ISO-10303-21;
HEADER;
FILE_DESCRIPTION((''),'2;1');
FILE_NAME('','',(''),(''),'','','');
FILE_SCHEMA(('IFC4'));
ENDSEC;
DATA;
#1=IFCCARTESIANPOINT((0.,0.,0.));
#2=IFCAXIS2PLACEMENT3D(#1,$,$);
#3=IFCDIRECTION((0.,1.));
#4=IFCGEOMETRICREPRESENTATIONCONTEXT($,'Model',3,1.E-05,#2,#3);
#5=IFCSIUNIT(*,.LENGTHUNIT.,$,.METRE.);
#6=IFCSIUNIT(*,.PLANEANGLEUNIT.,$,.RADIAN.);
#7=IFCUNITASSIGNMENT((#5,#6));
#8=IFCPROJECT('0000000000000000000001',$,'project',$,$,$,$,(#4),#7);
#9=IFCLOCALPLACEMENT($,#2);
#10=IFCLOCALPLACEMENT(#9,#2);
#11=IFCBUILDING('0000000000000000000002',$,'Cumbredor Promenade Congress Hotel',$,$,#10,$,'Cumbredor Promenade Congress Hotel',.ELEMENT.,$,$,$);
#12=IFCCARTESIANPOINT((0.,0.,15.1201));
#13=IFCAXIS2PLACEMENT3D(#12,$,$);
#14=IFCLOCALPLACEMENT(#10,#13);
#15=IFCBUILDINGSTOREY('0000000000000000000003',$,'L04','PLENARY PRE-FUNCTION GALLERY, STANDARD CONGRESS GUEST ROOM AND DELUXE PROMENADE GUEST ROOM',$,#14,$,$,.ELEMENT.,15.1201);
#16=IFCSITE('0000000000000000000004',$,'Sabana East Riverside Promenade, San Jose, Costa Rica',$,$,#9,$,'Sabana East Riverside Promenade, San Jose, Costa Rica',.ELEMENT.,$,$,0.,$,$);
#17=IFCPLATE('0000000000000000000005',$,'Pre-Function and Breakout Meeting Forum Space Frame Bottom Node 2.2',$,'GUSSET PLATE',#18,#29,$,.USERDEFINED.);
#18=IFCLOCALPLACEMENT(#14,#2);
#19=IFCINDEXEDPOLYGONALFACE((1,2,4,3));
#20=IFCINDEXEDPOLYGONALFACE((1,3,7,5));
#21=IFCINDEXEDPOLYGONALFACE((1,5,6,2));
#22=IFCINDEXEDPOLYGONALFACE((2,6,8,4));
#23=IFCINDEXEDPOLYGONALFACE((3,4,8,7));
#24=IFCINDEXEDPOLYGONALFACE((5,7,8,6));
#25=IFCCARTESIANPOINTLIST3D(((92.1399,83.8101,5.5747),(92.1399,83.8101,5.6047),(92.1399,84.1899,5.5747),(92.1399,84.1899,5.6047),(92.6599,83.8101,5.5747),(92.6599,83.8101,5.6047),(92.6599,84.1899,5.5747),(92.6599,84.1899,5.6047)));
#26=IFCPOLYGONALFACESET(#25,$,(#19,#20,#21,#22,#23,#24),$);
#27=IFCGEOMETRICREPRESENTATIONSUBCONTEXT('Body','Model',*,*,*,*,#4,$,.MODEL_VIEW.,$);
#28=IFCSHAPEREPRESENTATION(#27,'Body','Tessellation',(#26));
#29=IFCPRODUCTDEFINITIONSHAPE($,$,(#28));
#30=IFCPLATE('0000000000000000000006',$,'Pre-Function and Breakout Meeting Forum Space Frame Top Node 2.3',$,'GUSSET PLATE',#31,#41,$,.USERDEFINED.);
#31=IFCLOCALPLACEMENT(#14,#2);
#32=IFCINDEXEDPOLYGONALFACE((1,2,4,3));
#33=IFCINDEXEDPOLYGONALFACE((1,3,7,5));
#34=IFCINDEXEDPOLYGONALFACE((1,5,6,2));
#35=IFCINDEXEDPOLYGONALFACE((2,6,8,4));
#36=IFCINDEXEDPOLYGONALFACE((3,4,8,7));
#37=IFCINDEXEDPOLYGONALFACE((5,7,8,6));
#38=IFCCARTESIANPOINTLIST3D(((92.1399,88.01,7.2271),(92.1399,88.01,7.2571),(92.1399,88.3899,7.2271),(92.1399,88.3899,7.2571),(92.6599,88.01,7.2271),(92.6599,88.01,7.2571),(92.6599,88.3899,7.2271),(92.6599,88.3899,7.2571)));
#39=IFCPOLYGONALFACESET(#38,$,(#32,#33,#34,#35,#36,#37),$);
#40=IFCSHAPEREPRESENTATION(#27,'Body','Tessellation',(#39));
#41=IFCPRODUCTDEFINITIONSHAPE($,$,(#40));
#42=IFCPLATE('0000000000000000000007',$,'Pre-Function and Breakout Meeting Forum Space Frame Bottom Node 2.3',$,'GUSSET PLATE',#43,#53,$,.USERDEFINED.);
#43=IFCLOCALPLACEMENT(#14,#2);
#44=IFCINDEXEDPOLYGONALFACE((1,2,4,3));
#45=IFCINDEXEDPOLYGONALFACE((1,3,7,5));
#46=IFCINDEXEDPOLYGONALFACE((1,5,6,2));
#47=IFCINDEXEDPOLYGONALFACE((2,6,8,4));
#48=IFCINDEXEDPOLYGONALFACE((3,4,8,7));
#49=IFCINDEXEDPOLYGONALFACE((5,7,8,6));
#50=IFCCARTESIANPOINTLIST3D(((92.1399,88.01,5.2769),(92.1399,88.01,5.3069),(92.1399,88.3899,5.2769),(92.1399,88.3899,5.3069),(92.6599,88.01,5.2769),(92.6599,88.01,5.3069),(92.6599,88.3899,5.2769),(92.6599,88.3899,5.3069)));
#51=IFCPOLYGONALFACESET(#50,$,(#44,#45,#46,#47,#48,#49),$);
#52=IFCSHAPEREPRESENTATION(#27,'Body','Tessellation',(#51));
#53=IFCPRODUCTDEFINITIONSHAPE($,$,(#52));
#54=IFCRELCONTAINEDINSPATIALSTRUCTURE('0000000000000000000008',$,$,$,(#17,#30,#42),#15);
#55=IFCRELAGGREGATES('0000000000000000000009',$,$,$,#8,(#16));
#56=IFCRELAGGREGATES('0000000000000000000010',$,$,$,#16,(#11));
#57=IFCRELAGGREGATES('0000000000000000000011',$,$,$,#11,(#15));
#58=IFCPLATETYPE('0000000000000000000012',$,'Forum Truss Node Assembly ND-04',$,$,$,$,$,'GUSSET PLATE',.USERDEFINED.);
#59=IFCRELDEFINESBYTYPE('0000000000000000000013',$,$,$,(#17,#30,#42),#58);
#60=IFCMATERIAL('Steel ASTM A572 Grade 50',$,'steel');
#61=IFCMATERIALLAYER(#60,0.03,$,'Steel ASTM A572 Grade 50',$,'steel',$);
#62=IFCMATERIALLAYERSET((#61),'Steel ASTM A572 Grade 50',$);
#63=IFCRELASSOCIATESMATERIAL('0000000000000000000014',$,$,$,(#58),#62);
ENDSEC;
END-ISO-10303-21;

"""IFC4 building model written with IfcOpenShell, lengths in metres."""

from ifc_helpers import new_model, si_unit, direction, frame, origin, origin_2d, place, context, subcontext, project, spatial, rectangle, extrude, material, layer, layer_set, type_object, element, save


model = new_model("IFC4")

# Units and contexts
model_context = context("Model", 3, precision=1e-05, world=origin(), true_north=direction((0.0, 1.0)))
body_context = subcontext(model_context, "Body", "Model", "MODEL_VIEW")
ifc_project = project(units=[si_unit("LENGTHUNIT", "METRE"), si_unit("PLANEANGLEUNIT", "RADIAN")], contexts=[model_context])

# Site, building, storey
site_placement = place(None, origin())
site = spatial("IfcSite", under=ifc_project, at=site_placement, Name="Sabana East Riverside Promenade, San Jose, Costa Rica", LongName="Sabana East Riverside Promenade, San Jose, Costa Rica", CompositionType="ELEMENT", RefElevation=0.0)
building_placement = place(site_placement, origin())
building = spatial("IfcBuilding", under=site, at=building_placement, Name="Cumbredor Promenade Congress Hotel", LongName="Cumbredor Promenade Congress Hotel", CompositionType="ELEMENT")
storey_placement = place(building_placement, frame((0.0, 0.0, 15.1201)))
storey = spatial("IfcBuildingStorey", under=building, at=storey_placement, Name="L04", Description="PLENARY PRE-FUNCTION GALLERY, STANDARD CONGRESS GUEST ROOM AND DELUXE PROMENADE GUEST ROOM", CompositionType="ELEMENT", Elevation=15.1201)

# Plates
ifc_material_1 = material(Name="Steel ASTM A572 Grade 50", Category="steel")
ifc_layer_1 = layer(ifc_material_1, 0.03, Name="Steel ASTM A572 Grade 50", Category="steel")
ifc_layer_set_1 = layer_set([ifc_layer_1], Name="Steel ASTM A572 Grade 50")
plate_type_1 = type_object("IfcPlateType", Name="Forum Truss Node Assembly ND-04", ElementType="GUSSET PLATE", PredefinedType="USERDEFINED", material=ifc_layer_set_1)
for number, where, z_axis, x_axis, name in (
    (1, (92.3999, 84.0, 5.5747), (0.0, 0.0, 1.0), (1.0, 0.0, 0.0), "Pre-Function and Breakout Meeting Forum Space Frame Bottom Node 2.2"),
    (2, (92.3999, 88.2, 7.2271), (0.0, 0.0, 1.0), (1.0, 0.0, 0.0), "Pre-Function and Breakout Meeting Forum Space Frame Top Node 2.3"),
    (3, (92.3999, 88.2, 5.2769), (0.0, 0.0, 1.0), (1.0, 0.0, 0.0), "Pre-Function and Breakout Meeting Forum Space Frame Bottom Node 2.3"),
):
    element("IfcPlate", number, at=place(storey_placement, frame(where, z_axis=z_axis, x_axis=x_axis)), inside=storey, type_object=plate_type_1, Name=name, ObjectType="GUSSET PLATE", PredefinedType="USERDEFINED", context=body_context, shape_type="SweptSolid", body=[
        extrude(rectangle(XDim=0.52, YDim=0.3799, at=origin_2d()), origin(), (0.0, 0.0, 1.0), 0.03),
    ])

save(model, "model.ifc")
